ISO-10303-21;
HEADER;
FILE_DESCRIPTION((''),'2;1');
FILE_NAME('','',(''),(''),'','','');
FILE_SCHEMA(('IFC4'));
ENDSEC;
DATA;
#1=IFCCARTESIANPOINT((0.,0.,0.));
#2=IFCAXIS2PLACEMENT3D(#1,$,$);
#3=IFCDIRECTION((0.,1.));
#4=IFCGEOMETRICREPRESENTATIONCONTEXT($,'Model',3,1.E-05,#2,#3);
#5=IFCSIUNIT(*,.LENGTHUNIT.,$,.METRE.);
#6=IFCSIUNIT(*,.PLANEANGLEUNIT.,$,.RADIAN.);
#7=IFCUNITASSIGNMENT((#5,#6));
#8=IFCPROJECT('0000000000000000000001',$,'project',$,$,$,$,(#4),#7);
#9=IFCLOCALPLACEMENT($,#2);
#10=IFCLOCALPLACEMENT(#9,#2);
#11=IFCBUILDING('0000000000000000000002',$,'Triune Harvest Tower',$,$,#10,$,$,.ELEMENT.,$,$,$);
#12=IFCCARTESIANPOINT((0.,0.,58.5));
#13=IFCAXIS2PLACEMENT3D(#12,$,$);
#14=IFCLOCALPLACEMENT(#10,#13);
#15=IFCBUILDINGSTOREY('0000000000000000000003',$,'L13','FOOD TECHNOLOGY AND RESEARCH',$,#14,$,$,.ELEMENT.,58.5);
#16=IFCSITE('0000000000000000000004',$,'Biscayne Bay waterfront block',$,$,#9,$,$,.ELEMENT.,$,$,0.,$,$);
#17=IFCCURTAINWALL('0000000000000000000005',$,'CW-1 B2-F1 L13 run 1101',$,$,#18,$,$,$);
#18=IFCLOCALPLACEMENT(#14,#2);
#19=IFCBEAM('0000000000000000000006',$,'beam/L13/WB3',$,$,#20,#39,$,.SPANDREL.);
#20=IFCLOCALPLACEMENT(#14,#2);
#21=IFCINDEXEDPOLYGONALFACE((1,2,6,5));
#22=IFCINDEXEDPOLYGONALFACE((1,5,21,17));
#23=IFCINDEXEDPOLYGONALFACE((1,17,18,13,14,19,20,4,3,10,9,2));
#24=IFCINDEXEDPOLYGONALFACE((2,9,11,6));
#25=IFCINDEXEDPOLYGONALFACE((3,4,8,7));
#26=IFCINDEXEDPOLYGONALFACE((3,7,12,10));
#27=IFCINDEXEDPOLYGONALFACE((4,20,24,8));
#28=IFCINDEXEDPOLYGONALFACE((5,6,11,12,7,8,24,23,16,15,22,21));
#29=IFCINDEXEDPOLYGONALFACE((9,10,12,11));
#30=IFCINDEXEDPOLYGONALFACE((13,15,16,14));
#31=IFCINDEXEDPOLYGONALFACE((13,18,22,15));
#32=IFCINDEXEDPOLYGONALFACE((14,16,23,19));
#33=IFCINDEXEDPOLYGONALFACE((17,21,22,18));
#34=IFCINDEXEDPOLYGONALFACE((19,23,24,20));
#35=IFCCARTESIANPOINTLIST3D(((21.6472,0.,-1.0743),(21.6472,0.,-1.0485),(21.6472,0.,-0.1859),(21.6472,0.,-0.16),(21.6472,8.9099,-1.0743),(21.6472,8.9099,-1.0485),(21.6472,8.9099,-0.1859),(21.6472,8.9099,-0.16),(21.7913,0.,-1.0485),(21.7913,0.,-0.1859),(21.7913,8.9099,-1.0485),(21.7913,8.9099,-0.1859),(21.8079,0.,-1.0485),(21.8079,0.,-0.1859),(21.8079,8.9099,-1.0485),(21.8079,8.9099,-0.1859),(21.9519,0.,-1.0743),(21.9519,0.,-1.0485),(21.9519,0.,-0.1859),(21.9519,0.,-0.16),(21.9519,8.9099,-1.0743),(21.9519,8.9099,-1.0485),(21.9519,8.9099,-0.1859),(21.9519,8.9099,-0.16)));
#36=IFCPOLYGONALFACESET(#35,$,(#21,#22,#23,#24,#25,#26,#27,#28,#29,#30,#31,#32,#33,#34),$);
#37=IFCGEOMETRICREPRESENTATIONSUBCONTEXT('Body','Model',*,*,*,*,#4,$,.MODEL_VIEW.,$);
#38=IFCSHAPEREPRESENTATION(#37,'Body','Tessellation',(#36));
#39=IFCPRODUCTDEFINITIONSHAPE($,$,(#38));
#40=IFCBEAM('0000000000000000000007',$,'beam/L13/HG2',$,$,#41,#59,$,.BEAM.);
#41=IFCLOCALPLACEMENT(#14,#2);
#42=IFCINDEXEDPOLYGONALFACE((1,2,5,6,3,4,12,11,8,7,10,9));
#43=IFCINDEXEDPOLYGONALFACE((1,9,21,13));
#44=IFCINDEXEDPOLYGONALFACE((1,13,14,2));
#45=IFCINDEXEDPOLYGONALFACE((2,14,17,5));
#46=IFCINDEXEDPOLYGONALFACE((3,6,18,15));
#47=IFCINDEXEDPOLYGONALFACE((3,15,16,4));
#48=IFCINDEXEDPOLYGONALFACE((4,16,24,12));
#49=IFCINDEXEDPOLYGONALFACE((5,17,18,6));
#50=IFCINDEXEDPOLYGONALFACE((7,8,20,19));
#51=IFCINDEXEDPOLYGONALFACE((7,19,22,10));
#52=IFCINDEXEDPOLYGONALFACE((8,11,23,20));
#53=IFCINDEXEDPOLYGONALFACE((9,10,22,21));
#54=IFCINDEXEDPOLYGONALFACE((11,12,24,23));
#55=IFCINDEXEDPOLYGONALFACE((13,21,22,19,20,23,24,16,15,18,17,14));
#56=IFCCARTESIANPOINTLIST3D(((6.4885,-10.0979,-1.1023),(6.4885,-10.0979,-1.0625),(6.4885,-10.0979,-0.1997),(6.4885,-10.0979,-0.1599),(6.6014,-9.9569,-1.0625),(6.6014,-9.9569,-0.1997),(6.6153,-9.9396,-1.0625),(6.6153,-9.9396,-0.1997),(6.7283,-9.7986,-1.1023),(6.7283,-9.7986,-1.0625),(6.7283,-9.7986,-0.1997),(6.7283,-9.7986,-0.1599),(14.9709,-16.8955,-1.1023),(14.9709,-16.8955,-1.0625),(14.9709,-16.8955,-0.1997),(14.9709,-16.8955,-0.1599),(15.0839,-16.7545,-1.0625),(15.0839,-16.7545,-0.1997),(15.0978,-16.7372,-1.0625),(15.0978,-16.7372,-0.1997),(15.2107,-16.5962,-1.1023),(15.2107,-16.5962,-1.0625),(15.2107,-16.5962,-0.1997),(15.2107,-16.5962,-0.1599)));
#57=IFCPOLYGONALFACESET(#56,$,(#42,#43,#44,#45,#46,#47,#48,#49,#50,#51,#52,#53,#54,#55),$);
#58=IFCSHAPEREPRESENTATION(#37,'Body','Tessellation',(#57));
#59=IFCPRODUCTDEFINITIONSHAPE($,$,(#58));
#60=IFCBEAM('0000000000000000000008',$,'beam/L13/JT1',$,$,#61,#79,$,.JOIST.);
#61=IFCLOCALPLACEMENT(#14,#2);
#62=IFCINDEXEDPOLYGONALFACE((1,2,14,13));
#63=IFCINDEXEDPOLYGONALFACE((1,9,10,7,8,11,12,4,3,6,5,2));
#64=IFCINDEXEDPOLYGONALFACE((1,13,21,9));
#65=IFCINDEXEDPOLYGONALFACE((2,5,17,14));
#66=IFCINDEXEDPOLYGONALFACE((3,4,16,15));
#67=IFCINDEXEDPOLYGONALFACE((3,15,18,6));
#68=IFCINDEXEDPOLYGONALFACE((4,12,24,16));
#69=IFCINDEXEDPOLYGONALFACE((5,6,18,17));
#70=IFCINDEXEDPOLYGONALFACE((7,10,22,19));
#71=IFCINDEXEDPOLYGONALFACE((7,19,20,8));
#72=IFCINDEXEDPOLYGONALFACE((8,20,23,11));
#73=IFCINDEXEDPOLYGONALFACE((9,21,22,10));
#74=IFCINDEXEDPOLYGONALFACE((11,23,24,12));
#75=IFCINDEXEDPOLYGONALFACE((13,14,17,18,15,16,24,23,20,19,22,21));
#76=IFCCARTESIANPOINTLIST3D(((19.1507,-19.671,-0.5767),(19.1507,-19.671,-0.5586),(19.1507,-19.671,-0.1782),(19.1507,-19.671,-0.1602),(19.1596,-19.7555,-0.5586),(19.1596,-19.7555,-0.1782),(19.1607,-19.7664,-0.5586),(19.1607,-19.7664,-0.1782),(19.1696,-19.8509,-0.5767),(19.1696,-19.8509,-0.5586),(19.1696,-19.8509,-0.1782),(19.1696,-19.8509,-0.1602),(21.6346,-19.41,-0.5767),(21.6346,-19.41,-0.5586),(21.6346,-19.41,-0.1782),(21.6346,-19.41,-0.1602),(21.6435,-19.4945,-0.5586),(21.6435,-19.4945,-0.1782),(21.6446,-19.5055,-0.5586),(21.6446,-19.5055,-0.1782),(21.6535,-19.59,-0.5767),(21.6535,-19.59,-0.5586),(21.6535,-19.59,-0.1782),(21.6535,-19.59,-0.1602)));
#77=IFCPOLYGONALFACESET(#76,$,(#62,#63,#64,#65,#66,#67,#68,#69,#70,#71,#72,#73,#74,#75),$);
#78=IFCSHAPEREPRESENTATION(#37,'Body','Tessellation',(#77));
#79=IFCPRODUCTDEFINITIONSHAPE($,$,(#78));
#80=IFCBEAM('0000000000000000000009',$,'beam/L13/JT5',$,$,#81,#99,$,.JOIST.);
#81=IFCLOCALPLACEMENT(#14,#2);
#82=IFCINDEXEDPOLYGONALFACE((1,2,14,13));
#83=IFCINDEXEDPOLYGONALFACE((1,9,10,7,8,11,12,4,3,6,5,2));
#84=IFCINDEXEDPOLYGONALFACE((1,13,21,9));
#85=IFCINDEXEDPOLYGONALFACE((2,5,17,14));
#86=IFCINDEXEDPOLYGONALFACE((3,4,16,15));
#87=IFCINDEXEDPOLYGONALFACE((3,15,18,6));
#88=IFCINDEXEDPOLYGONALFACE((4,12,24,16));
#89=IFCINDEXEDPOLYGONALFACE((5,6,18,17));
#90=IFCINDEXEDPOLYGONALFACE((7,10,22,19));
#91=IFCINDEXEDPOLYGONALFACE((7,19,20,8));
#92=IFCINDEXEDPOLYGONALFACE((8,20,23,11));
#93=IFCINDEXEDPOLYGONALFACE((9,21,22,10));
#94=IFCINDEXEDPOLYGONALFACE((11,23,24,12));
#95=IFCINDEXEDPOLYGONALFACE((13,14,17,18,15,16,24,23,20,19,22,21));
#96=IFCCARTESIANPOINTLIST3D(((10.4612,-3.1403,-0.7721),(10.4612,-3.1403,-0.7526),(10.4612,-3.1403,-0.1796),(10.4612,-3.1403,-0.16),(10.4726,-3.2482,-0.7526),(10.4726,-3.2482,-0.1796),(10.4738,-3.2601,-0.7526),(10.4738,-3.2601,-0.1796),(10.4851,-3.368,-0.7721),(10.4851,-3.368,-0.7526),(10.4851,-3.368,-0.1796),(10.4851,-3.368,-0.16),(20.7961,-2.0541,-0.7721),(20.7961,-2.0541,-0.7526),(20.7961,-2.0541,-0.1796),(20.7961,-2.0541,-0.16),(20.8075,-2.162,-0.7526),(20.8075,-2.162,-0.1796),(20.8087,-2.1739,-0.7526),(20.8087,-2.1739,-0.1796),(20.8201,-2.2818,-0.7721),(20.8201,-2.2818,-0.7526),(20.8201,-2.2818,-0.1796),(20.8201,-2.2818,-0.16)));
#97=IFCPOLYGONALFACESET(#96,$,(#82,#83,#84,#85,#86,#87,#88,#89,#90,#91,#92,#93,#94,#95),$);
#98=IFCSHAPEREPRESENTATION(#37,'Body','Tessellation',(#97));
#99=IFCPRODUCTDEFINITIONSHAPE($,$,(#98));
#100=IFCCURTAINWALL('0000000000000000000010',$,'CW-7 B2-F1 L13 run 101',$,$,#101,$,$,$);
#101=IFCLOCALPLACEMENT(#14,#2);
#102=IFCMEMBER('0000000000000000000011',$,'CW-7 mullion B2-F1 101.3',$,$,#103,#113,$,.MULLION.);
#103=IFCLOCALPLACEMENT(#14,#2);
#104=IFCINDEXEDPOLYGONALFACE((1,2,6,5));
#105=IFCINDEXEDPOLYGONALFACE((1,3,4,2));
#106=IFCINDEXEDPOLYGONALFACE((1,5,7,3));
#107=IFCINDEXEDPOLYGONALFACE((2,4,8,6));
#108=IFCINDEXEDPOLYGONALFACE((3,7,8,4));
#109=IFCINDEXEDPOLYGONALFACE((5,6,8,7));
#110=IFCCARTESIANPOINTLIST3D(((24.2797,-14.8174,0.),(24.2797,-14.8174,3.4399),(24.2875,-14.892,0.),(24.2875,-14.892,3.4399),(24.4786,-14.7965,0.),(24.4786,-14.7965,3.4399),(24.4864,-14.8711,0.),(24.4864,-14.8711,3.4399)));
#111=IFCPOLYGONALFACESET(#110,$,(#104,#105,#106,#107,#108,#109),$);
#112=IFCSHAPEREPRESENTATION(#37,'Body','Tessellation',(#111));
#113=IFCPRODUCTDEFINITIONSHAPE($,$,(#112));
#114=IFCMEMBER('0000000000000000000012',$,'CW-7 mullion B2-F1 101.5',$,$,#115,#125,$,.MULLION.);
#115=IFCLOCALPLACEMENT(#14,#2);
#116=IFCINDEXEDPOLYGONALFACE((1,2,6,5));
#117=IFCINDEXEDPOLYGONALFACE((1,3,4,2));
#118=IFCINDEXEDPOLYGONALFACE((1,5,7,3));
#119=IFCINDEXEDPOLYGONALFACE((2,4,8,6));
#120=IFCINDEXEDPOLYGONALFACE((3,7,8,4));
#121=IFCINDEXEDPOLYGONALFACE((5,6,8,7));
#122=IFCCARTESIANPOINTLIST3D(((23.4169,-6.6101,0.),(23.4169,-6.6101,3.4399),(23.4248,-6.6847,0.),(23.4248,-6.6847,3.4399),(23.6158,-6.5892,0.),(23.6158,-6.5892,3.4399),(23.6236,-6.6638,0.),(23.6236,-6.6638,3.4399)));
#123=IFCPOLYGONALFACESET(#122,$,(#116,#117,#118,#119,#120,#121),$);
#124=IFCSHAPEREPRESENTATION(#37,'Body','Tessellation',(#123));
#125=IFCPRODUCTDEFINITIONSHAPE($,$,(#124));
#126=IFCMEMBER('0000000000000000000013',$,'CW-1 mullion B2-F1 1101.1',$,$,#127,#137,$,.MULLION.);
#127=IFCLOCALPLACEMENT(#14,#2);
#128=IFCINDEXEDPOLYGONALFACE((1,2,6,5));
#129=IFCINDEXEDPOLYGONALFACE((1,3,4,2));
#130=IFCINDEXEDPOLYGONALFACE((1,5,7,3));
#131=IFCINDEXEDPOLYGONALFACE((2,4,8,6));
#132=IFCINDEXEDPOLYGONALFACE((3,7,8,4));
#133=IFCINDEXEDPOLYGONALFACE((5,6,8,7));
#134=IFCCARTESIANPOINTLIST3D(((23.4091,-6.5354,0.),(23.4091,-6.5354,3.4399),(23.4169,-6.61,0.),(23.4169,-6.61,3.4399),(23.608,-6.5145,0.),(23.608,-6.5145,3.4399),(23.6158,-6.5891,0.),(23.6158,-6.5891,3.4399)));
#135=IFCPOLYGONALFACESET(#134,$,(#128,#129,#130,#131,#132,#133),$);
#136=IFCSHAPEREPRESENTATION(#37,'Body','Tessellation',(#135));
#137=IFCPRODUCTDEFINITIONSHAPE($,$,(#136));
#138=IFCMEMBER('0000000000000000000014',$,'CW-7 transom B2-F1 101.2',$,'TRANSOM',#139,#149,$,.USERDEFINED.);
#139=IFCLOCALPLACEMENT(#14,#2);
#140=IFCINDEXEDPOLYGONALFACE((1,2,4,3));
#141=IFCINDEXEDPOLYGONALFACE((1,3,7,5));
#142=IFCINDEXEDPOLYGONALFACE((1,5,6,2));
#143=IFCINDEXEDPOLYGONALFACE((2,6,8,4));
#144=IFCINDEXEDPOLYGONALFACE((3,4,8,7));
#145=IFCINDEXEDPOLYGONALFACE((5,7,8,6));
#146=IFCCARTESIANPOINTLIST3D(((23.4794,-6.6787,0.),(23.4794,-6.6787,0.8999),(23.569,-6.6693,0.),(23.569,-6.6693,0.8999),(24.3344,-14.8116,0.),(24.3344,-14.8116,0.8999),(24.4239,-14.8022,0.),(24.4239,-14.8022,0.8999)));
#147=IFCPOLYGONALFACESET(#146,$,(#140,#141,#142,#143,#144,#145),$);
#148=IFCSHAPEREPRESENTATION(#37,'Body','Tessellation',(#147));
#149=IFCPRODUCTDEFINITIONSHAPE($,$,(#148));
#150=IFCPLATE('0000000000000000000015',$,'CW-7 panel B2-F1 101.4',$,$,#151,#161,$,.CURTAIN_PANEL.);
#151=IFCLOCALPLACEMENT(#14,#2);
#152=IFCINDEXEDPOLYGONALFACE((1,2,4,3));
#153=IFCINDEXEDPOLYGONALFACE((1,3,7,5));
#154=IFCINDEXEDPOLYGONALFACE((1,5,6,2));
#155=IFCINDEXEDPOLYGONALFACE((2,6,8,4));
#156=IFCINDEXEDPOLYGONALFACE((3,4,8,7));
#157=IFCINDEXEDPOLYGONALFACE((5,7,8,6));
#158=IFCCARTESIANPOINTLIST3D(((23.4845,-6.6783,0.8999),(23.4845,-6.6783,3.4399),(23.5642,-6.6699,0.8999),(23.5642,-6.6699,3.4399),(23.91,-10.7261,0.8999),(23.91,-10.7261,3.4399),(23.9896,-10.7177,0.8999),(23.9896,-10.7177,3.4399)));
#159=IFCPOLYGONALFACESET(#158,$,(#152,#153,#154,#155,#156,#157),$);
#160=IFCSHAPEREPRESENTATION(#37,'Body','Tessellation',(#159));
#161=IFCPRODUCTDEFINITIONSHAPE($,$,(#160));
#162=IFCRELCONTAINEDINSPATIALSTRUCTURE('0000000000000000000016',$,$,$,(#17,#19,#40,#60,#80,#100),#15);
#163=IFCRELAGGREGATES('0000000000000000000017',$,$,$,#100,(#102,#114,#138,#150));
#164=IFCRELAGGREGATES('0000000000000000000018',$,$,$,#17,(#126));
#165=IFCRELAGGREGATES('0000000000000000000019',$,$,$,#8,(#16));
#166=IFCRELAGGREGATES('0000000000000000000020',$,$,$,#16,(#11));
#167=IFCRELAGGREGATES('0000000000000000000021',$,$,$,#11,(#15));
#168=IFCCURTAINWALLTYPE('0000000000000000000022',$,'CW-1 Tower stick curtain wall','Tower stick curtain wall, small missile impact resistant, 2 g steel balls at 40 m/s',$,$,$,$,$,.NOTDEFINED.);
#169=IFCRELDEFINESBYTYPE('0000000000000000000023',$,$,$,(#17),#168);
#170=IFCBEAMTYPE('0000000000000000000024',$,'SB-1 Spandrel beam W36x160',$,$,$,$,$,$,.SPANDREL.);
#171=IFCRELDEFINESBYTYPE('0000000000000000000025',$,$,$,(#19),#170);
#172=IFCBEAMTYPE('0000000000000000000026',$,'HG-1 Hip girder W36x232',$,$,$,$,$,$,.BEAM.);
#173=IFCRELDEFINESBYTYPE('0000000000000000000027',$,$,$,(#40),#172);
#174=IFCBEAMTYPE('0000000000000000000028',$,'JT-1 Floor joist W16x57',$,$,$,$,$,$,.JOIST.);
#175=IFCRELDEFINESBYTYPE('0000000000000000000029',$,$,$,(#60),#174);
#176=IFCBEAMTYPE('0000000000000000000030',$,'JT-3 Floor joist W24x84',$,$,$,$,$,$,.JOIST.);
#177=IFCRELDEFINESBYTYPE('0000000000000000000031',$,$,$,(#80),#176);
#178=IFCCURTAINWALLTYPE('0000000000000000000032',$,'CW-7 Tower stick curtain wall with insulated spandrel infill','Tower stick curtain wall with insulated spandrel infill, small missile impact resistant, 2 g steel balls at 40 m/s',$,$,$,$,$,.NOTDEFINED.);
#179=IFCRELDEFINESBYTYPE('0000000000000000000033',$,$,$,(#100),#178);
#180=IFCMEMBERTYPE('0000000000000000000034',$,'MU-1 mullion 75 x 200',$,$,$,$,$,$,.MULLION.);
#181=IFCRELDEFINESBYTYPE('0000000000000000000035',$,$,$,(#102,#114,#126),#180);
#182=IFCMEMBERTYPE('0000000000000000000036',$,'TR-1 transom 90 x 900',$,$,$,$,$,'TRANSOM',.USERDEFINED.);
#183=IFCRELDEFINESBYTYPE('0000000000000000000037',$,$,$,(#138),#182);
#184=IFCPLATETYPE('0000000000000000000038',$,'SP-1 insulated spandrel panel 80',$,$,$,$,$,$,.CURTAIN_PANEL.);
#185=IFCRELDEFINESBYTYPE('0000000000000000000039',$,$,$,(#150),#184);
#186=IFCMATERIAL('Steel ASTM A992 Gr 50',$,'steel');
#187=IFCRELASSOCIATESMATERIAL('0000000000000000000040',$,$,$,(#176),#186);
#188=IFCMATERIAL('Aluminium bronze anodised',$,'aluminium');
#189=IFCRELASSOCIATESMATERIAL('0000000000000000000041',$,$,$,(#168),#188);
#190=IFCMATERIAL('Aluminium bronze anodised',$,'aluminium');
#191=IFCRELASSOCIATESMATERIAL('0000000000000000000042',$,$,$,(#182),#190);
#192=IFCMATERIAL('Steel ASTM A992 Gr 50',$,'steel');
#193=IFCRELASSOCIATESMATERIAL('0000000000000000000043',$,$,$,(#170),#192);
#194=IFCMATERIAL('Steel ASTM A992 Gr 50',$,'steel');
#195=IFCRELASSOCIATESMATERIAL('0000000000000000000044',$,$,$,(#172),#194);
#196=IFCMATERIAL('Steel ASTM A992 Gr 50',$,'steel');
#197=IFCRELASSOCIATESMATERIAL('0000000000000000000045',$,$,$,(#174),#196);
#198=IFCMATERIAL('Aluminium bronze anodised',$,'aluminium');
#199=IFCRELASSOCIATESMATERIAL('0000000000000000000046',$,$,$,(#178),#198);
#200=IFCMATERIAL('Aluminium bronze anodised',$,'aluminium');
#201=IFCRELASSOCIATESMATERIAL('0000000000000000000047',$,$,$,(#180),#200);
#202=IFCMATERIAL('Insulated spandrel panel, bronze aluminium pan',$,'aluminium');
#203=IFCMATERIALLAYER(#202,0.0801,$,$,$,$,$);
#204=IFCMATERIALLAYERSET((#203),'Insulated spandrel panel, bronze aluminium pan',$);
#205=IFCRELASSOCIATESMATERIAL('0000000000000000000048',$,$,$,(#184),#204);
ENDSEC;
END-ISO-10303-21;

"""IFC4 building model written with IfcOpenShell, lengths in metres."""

from ifc_helpers import new_model, si_unit, direction, frame, origin, origin_2d, place, context, subcontext, project, spatial, rectangle, i_section, extrude, source, transform, mapped, material, layer, layer_set, material_profile, profile_set, type_object, element, aggregate, save


model = new_model("IFC4")

# Units and contexts
model_context = context("Model", 3, precision=1e-05, world=origin(), true_north=direction((0.0, 1.0)))
body_context = subcontext(model_context, "Body", "Model", "MODEL_VIEW")
ifc_project = project(units=[si_unit("LENGTHUNIT", "METRE"), si_unit("PLANEANGLEUNIT", "RADIAN")], contexts=[model_context])

# Site, building, storey
site_placement = place(None, origin())
site = spatial("IfcSite", under=ifc_project, at=site_placement, Name="Biscayne Bay waterfront block", CompositionType="ELEMENT", RefElevation=0.0)
building_placement = place(site_placement, origin())
building = spatial("IfcBuilding", under=site, at=building_placement, Name="Triune Harvest Tower", CompositionType="ELEMENT")
storey_placement = place(building_placement, frame((0.0, 0.0, 58.5)))
storey = spatial("IfcBuildingStorey", under=building, at=storey_placement, Name="L13", Description="FOOD TECHNOLOGY AND RESEARCH", CompositionType="ELEMENT", Elevation=58.5)

# Shared definitions
ifc_material_1 = material(Name="Steel ASTM A992 Gr 50", Category="steel")
ifc_material_profile_1 = material_profile(ifc_material_1, i_section(OverallWidth=0.229, OverallDepth=0.6121, WebThickness=0.012, FlangeThickness=0.0195, at=origin_2d()), Name="W24x84")
ifc_profile_set_1 = profile_set([ifc_material_profile_1], Name="Steel ASTM A992 Gr 50")
beam_type_1 = type_object("IfcBeamType", Name="JT-3 Floor joist W24x84", PredefinedType="JOIST", material=ifc_profile_set_1)

# Curtain wall
ifc_material_2 = material(Name="Aluminium bronze anodised", Category="aluminium")
curtain_wall_type_1 = type_object("IfcCurtainWallType", Name="CW-1 Tower stick curtain wall", Description="Tower stick curtain wall, small missile impact resistant, 2 g steel balls at 40 m/s", PredefinedType="NOTDEFINED", material=ifc_material_2)
curtain_wall_1_placement = place(storey_placement, origin())
curtain_wall_1 = element("IfcCurtainWall", 1, at=curtain_wall_1_placement, inside=storey, type_object=curtain_wall_type_1, Name="CW-1 B2-F1 L13 run 1101")
ifc_material_3 = material(Name="Aluminium bronze anodised", Category="aluminium")
ifc_material_profile_2 = material_profile(ifc_material_3, rectangle(XDim=0.0901, YDim=0.8999, at=origin_2d()), Name="TR-1 transom 90 x 900")
ifc_profile_set_2 = profile_set([ifc_material_profile_2], Name="Aluminium bronze anodised")
member_type_1 = type_object("IfcMemberType", Name="TR-1 transom 90 x 900", ElementType="TRANSOM", PredefinedType="USERDEFINED", material=ifc_profile_set_2)

# Beams
ifc_material_4 = material(Name="Steel ASTM A992 Gr 50", Category="steel")
ifc_material_profile_3 = material_profile(ifc_material_4, i_section(OverallWidth=0.3047, OverallDepth=0.9143, WebThickness=0.0166, FlangeThickness=0.0259, at=origin_2d()), Name="W36x160")
ifc_profile_set_3 = profile_set([ifc_material_profile_3], Name="Steel ASTM A992 Gr 50")
beam_type_2 = type_object("IfcBeamType", Name="SB-1 Spandrel beam W36x160", PredefinedType="SPANDREL", material=ifc_profile_set_3)
shared_shape_1 = source(origin(), body_context, "Body", "SweptSolid", [
    extrude(i_section(OverallWidth=0.3047, OverallDepth=0.9143, WebThickness=0.0166, FlangeThickness=0.0259, at=origin_2d()), origin(), (0.0, 0.0, 1.0), 8.9099),
])
for number, where, z_axis, x_axis, name in (
    (2, (21.7996, 0.0, -0.6172), (0.0, 1.0, 0.0), (-1.0, 0.0, 0.0), "beam/L13/WB3"),
):
    element("IfcBeam", number, at=place(storey_placement, frame(where, z_axis=z_axis, x_axis=x_axis)), inside=storey, type_object=beam_type_2, Name=name, PredefinedType="SPANDREL", context=body_context, shape_type="MappedRepresentation", body=[
        mapped(shared_shape_1, transform((0.0, 0.0, 0.0), scale=1.0)),
    ])
ifc_material_5 = material(Name="Steel ASTM A992 Gr 50", Category="steel")
ifc_material_profile_4 = material_profile(ifc_material_5, i_section(OverallWidth=0.3835, OverallDepth=0.9424, WebThickness=0.0222, FlangeThickness=0.0398, at=origin_2d()), Name="W36x232")
ifc_profile_set_4 = profile_set([ifc_material_profile_4], Name="Steel ASTM A992 Gr 50")
beam_type_3 = type_object("IfcBeamType", Name="HG-1 Hip girder W36x232", PredefinedType="BEAM", material=ifc_profile_set_4)
shared_shape_2 = source(origin(), body_context, "Body", "SweptSolid", [
    extrude(i_section(OverallWidth=0.3835, OverallDepth=0.9424, WebThickness=0.0222, FlangeThickness=0.0398, at=origin_2d()), origin(), (0.0, 0.0, 1.0), 10.8701),
])
beam_1_placement = place(storey_placement, frame((15.0908, -16.7458, -0.6311), z_axis=(-0.780345, 0.625349, 0.0), x_axis=(-0.625349, -0.780345, 0.0)))
element("IfcBeam", 3, at=beam_1_placement, inside=storey, type_object=beam_type_3, Name="beam/L13/HG2", PredefinedType="BEAM", context=body_context, shape_type="MappedRepresentation", body=[
    mapped(shared_shape_2, transform((0.0, 0.0, 0.0), scale=1.0)),
])
ifc_material_6 = material(Name="Steel ASTM A992 Gr 50", Category="steel")
ifc_material_profile_5 = material_profile(ifc_material_6, i_section(OverallWidth=0.1809, OverallDepth=0.4165, WebThickness=0.011, FlangeThickness=0.0181, at=origin_2d()), Name="W16x57")
ifc_profile_set_5 = profile_set([ifc_material_profile_5], Name="Steel ASTM A992 Gr 50")
beam_type_4 = type_object("IfcBeamType", Name="JT-1 Floor joist W16x57", PredefinedType="JOIST", material=ifc_profile_set_5)
shared_shape_3 = source(origin(), body_context, "Body", "SweptSolid", [
    extrude(i_section(OverallWidth=0.1809, OverallDepth=0.4165, WebThickness=0.011, FlangeThickness=0.0181, at=origin_2d()), origin(), (0.0, 0.0, 1.0), 2.4976),
])
beam_2_placement = place(storey_placement, frame((21.644, -19.5, -0.3684), z_axis=(-0.994525, -0.104497, 0.0), x_axis=(0.104497, -0.994525, 0.0)))
element("IfcBeam", 4, at=beam_2_placement, inside=storey, type_object=beam_type_4, Name="beam/L13/JT1", PredefinedType="JOIST", context=body_context, shape_type="MappedRepresentation", body=[
    mapped(shared_shape_3, transform((0.0, 0.0, 0.0), scale=1.0)),
])
shared_shape_4 = source(origin(), body_context, "Body", "SweptSolid", [
    extrude(i_section(OverallWidth=0.229, OverallDepth=0.6121, WebThickness=0.012, FlangeThickness=0.0195, at=origin_2d()), origin(), (0.0, 0.0, 1.0), 10.3918),
])
beam_3_placement = place(storey_placement, frame((20.8081, -2.168, -0.4661), z_axis=(-0.994523, -0.104522, 0.0), x_axis=(0.104522, -0.994523, 0.0)))
element("IfcBeam", 5, at=beam_3_placement, inside=storey, type_object=beam_type_1, Name="beam/L13/JT5", PredefinedType="JOIST", context=body_context, shape_type="MappedRepresentation", body=[
    mapped(shared_shape_4, transform((0.0, 0.0, 0.0), scale=1.0)),
])

# Curtain wall, members
ifc_material_7 = material(Name="Aluminium bronze anodised", Category="aluminium")
curtain_wall_type_2 = type_object("IfcCurtainWallType", Name="CW-7 Tower stick curtain wall with insulated spandrel infill", Description="Tower stick curtain wall with insulated spandrel infill, small missile impact resistant, 2 g steel balls at 40 m/s", PredefinedType="NOTDEFINED", material=ifc_material_7)
curtain_wall_2_placement = place(storey_placement, origin())
curtain_wall_2 = element("IfcCurtainWall", 6, at=curtain_wall_2_placement, inside=storey, type_object=curtain_wall_type_2, Name="CW-7 B2-F1 L13 run 101")
ifc_material_8 = material(Name="Aluminium bronze anodised", Category="aluminium")
ifc_material_profile_6 = material_profile(ifc_material_8, rectangle(XDim=0.2, YDim=0.075, at=origin_2d()), Name="MU-1 mullion 75 x 200")
ifc_profile_set_6 = profile_set([ifc_material_profile_6], Name="Aluminium bronze anodised")
member_type_2 = type_object("IfcMemberType", Name="MU-1 mullion 75 x 200", PredefinedType="MULLION", material=ifc_profile_set_6)
shared_shape_5 = source(origin(), body_context, "Body", "SweptSolid", [
    extrude(rectangle(XDim=0.2, YDim=0.075, at=origin_2d()), origin(), (0.0, 0.0, 1.0), 3.4399),
])
member_1_placement = place(storey_placement, frame((24.3831, -14.8442, 0.0), z_axis=(0.0, 0.0, 1.0), x_axis=(-0.994522, -0.104529, 0.0)))
member_1 = element("IfcMember", 7, at=member_1_placement, type_object=member_type_2, Name="CW-7 mullion B2-F1 101.3", PredefinedType="MULLION", context=body_context, shape_type="MappedRepresentation", body=[
    mapped(shared_shape_5, transform((0.0, 0.0, 0.0), scale=1.0)),
])
member_2_placement = place(storey_placement, frame((23.5203, -6.637, 0.0), z_axis=(0.0, 0.0, 1.0), x_axis=(-0.994522, -0.104529, 0.0)))
member_2 = element("IfcMember", 8, at=member_2_placement, type_object=member_type_2, Name="CW-7 mullion B2-F1 101.5", PredefinedType="MULLION", context=body_context, shape_type="MappedRepresentation", body=[
    mapped(shared_shape_5, transform((0.0, 0.0, 0.0), scale=1.0)),
])

# Members
member_3_placement = place(storey_placement, frame((23.5125, -6.5623, 0.0), z_axis=(0.0, 0.0, 1.0), x_axis=(-0.994522, -0.104528, 0.0)))
member_3 = element("IfcMember", 9, at=member_3_placement, type_object=member_type_2, Name="CW-1 mullion B2-F1 1101.1", PredefinedType="MULLION", context=body_context, shape_type="MappedRepresentation", body=[
    mapped(shared_shape_5, transform((0.0, 0.0, 0.0), scale=1.0)),
])
shared_shape_6 = source(origin(), body_context, "Body", "SweptSolid", [
    extrude(rectangle(XDim=0.0901, YDim=0.8999, at=origin_2d()), origin(), (0.0, 0.0, 1.0), 8.1777),
])
member_4_placement = place(storey_placement, frame((24.3792, -14.8069, 0.45), z_axis=(-0.104551, 0.99452, 0.0), x_axis=(-0.99452, -0.104551, 0.0)))
member_4 = element("IfcMember", 10, at=member_4_placement, type_object=member_type_1, Name="CW-7 transom B2-F1 101.2", ObjectType="TRANSOM", PredefinedType="USERDEFINED", context=body_context, shape_type="MappedRepresentation", body=[
    mapped(shared_shape_6, transform((0.0, 0.0, 0.0), scale=1.0)),
])

# Plate
ifc_material_9 = material(Name="Insulated spandrel panel, bronze aluminium pan", Category="aluminium")
ifc_layer_1 = layer(ifc_material_9, 0.0801)
ifc_layer_set_1 = layer_set([ifc_layer_1], Name="Insulated spandrel panel, bronze aluminium pan")
plate_type_1 = type_object("IfcPlateType", Name="SP-1 insulated spandrel panel 80", PredefinedType="CURTAIN_PANEL", material=ifc_layer_set_1)
shared_shape_7 = source(origin(), body_context, "Body", "SweptSolid", [
    extrude(rectangle(XDim=4.0701, YDim=0.0801, at=origin_2d()), origin(), (0.0, 0.0, 1.0), 2.54),
])
plate_1_placement = place(storey_placement, frame((23.7371, -8.698, 0.8999), z_axis=(0.0, 0.0, 1.0), x_axis=(-0.104529, 0.994522, 0.0)))
plate_1 = element("IfcPlate", 11, at=plate_1_placement, type_object=plate_type_1, Name="CW-7 panel B2-F1 101.4", PredefinedType="CURTAIN_PANEL", context=body_context, shape_type="MappedRepresentation", body=[
    mapped(shared_shape_7, transform((0.0, 0.0, 0.0), scale=1.0)),
])
aggregate(curtain_wall_2, [member_1, member_2, member_4, plate_1])
aggregate(curtain_wall_1, [member_3])

save(model, "model.ifc")
